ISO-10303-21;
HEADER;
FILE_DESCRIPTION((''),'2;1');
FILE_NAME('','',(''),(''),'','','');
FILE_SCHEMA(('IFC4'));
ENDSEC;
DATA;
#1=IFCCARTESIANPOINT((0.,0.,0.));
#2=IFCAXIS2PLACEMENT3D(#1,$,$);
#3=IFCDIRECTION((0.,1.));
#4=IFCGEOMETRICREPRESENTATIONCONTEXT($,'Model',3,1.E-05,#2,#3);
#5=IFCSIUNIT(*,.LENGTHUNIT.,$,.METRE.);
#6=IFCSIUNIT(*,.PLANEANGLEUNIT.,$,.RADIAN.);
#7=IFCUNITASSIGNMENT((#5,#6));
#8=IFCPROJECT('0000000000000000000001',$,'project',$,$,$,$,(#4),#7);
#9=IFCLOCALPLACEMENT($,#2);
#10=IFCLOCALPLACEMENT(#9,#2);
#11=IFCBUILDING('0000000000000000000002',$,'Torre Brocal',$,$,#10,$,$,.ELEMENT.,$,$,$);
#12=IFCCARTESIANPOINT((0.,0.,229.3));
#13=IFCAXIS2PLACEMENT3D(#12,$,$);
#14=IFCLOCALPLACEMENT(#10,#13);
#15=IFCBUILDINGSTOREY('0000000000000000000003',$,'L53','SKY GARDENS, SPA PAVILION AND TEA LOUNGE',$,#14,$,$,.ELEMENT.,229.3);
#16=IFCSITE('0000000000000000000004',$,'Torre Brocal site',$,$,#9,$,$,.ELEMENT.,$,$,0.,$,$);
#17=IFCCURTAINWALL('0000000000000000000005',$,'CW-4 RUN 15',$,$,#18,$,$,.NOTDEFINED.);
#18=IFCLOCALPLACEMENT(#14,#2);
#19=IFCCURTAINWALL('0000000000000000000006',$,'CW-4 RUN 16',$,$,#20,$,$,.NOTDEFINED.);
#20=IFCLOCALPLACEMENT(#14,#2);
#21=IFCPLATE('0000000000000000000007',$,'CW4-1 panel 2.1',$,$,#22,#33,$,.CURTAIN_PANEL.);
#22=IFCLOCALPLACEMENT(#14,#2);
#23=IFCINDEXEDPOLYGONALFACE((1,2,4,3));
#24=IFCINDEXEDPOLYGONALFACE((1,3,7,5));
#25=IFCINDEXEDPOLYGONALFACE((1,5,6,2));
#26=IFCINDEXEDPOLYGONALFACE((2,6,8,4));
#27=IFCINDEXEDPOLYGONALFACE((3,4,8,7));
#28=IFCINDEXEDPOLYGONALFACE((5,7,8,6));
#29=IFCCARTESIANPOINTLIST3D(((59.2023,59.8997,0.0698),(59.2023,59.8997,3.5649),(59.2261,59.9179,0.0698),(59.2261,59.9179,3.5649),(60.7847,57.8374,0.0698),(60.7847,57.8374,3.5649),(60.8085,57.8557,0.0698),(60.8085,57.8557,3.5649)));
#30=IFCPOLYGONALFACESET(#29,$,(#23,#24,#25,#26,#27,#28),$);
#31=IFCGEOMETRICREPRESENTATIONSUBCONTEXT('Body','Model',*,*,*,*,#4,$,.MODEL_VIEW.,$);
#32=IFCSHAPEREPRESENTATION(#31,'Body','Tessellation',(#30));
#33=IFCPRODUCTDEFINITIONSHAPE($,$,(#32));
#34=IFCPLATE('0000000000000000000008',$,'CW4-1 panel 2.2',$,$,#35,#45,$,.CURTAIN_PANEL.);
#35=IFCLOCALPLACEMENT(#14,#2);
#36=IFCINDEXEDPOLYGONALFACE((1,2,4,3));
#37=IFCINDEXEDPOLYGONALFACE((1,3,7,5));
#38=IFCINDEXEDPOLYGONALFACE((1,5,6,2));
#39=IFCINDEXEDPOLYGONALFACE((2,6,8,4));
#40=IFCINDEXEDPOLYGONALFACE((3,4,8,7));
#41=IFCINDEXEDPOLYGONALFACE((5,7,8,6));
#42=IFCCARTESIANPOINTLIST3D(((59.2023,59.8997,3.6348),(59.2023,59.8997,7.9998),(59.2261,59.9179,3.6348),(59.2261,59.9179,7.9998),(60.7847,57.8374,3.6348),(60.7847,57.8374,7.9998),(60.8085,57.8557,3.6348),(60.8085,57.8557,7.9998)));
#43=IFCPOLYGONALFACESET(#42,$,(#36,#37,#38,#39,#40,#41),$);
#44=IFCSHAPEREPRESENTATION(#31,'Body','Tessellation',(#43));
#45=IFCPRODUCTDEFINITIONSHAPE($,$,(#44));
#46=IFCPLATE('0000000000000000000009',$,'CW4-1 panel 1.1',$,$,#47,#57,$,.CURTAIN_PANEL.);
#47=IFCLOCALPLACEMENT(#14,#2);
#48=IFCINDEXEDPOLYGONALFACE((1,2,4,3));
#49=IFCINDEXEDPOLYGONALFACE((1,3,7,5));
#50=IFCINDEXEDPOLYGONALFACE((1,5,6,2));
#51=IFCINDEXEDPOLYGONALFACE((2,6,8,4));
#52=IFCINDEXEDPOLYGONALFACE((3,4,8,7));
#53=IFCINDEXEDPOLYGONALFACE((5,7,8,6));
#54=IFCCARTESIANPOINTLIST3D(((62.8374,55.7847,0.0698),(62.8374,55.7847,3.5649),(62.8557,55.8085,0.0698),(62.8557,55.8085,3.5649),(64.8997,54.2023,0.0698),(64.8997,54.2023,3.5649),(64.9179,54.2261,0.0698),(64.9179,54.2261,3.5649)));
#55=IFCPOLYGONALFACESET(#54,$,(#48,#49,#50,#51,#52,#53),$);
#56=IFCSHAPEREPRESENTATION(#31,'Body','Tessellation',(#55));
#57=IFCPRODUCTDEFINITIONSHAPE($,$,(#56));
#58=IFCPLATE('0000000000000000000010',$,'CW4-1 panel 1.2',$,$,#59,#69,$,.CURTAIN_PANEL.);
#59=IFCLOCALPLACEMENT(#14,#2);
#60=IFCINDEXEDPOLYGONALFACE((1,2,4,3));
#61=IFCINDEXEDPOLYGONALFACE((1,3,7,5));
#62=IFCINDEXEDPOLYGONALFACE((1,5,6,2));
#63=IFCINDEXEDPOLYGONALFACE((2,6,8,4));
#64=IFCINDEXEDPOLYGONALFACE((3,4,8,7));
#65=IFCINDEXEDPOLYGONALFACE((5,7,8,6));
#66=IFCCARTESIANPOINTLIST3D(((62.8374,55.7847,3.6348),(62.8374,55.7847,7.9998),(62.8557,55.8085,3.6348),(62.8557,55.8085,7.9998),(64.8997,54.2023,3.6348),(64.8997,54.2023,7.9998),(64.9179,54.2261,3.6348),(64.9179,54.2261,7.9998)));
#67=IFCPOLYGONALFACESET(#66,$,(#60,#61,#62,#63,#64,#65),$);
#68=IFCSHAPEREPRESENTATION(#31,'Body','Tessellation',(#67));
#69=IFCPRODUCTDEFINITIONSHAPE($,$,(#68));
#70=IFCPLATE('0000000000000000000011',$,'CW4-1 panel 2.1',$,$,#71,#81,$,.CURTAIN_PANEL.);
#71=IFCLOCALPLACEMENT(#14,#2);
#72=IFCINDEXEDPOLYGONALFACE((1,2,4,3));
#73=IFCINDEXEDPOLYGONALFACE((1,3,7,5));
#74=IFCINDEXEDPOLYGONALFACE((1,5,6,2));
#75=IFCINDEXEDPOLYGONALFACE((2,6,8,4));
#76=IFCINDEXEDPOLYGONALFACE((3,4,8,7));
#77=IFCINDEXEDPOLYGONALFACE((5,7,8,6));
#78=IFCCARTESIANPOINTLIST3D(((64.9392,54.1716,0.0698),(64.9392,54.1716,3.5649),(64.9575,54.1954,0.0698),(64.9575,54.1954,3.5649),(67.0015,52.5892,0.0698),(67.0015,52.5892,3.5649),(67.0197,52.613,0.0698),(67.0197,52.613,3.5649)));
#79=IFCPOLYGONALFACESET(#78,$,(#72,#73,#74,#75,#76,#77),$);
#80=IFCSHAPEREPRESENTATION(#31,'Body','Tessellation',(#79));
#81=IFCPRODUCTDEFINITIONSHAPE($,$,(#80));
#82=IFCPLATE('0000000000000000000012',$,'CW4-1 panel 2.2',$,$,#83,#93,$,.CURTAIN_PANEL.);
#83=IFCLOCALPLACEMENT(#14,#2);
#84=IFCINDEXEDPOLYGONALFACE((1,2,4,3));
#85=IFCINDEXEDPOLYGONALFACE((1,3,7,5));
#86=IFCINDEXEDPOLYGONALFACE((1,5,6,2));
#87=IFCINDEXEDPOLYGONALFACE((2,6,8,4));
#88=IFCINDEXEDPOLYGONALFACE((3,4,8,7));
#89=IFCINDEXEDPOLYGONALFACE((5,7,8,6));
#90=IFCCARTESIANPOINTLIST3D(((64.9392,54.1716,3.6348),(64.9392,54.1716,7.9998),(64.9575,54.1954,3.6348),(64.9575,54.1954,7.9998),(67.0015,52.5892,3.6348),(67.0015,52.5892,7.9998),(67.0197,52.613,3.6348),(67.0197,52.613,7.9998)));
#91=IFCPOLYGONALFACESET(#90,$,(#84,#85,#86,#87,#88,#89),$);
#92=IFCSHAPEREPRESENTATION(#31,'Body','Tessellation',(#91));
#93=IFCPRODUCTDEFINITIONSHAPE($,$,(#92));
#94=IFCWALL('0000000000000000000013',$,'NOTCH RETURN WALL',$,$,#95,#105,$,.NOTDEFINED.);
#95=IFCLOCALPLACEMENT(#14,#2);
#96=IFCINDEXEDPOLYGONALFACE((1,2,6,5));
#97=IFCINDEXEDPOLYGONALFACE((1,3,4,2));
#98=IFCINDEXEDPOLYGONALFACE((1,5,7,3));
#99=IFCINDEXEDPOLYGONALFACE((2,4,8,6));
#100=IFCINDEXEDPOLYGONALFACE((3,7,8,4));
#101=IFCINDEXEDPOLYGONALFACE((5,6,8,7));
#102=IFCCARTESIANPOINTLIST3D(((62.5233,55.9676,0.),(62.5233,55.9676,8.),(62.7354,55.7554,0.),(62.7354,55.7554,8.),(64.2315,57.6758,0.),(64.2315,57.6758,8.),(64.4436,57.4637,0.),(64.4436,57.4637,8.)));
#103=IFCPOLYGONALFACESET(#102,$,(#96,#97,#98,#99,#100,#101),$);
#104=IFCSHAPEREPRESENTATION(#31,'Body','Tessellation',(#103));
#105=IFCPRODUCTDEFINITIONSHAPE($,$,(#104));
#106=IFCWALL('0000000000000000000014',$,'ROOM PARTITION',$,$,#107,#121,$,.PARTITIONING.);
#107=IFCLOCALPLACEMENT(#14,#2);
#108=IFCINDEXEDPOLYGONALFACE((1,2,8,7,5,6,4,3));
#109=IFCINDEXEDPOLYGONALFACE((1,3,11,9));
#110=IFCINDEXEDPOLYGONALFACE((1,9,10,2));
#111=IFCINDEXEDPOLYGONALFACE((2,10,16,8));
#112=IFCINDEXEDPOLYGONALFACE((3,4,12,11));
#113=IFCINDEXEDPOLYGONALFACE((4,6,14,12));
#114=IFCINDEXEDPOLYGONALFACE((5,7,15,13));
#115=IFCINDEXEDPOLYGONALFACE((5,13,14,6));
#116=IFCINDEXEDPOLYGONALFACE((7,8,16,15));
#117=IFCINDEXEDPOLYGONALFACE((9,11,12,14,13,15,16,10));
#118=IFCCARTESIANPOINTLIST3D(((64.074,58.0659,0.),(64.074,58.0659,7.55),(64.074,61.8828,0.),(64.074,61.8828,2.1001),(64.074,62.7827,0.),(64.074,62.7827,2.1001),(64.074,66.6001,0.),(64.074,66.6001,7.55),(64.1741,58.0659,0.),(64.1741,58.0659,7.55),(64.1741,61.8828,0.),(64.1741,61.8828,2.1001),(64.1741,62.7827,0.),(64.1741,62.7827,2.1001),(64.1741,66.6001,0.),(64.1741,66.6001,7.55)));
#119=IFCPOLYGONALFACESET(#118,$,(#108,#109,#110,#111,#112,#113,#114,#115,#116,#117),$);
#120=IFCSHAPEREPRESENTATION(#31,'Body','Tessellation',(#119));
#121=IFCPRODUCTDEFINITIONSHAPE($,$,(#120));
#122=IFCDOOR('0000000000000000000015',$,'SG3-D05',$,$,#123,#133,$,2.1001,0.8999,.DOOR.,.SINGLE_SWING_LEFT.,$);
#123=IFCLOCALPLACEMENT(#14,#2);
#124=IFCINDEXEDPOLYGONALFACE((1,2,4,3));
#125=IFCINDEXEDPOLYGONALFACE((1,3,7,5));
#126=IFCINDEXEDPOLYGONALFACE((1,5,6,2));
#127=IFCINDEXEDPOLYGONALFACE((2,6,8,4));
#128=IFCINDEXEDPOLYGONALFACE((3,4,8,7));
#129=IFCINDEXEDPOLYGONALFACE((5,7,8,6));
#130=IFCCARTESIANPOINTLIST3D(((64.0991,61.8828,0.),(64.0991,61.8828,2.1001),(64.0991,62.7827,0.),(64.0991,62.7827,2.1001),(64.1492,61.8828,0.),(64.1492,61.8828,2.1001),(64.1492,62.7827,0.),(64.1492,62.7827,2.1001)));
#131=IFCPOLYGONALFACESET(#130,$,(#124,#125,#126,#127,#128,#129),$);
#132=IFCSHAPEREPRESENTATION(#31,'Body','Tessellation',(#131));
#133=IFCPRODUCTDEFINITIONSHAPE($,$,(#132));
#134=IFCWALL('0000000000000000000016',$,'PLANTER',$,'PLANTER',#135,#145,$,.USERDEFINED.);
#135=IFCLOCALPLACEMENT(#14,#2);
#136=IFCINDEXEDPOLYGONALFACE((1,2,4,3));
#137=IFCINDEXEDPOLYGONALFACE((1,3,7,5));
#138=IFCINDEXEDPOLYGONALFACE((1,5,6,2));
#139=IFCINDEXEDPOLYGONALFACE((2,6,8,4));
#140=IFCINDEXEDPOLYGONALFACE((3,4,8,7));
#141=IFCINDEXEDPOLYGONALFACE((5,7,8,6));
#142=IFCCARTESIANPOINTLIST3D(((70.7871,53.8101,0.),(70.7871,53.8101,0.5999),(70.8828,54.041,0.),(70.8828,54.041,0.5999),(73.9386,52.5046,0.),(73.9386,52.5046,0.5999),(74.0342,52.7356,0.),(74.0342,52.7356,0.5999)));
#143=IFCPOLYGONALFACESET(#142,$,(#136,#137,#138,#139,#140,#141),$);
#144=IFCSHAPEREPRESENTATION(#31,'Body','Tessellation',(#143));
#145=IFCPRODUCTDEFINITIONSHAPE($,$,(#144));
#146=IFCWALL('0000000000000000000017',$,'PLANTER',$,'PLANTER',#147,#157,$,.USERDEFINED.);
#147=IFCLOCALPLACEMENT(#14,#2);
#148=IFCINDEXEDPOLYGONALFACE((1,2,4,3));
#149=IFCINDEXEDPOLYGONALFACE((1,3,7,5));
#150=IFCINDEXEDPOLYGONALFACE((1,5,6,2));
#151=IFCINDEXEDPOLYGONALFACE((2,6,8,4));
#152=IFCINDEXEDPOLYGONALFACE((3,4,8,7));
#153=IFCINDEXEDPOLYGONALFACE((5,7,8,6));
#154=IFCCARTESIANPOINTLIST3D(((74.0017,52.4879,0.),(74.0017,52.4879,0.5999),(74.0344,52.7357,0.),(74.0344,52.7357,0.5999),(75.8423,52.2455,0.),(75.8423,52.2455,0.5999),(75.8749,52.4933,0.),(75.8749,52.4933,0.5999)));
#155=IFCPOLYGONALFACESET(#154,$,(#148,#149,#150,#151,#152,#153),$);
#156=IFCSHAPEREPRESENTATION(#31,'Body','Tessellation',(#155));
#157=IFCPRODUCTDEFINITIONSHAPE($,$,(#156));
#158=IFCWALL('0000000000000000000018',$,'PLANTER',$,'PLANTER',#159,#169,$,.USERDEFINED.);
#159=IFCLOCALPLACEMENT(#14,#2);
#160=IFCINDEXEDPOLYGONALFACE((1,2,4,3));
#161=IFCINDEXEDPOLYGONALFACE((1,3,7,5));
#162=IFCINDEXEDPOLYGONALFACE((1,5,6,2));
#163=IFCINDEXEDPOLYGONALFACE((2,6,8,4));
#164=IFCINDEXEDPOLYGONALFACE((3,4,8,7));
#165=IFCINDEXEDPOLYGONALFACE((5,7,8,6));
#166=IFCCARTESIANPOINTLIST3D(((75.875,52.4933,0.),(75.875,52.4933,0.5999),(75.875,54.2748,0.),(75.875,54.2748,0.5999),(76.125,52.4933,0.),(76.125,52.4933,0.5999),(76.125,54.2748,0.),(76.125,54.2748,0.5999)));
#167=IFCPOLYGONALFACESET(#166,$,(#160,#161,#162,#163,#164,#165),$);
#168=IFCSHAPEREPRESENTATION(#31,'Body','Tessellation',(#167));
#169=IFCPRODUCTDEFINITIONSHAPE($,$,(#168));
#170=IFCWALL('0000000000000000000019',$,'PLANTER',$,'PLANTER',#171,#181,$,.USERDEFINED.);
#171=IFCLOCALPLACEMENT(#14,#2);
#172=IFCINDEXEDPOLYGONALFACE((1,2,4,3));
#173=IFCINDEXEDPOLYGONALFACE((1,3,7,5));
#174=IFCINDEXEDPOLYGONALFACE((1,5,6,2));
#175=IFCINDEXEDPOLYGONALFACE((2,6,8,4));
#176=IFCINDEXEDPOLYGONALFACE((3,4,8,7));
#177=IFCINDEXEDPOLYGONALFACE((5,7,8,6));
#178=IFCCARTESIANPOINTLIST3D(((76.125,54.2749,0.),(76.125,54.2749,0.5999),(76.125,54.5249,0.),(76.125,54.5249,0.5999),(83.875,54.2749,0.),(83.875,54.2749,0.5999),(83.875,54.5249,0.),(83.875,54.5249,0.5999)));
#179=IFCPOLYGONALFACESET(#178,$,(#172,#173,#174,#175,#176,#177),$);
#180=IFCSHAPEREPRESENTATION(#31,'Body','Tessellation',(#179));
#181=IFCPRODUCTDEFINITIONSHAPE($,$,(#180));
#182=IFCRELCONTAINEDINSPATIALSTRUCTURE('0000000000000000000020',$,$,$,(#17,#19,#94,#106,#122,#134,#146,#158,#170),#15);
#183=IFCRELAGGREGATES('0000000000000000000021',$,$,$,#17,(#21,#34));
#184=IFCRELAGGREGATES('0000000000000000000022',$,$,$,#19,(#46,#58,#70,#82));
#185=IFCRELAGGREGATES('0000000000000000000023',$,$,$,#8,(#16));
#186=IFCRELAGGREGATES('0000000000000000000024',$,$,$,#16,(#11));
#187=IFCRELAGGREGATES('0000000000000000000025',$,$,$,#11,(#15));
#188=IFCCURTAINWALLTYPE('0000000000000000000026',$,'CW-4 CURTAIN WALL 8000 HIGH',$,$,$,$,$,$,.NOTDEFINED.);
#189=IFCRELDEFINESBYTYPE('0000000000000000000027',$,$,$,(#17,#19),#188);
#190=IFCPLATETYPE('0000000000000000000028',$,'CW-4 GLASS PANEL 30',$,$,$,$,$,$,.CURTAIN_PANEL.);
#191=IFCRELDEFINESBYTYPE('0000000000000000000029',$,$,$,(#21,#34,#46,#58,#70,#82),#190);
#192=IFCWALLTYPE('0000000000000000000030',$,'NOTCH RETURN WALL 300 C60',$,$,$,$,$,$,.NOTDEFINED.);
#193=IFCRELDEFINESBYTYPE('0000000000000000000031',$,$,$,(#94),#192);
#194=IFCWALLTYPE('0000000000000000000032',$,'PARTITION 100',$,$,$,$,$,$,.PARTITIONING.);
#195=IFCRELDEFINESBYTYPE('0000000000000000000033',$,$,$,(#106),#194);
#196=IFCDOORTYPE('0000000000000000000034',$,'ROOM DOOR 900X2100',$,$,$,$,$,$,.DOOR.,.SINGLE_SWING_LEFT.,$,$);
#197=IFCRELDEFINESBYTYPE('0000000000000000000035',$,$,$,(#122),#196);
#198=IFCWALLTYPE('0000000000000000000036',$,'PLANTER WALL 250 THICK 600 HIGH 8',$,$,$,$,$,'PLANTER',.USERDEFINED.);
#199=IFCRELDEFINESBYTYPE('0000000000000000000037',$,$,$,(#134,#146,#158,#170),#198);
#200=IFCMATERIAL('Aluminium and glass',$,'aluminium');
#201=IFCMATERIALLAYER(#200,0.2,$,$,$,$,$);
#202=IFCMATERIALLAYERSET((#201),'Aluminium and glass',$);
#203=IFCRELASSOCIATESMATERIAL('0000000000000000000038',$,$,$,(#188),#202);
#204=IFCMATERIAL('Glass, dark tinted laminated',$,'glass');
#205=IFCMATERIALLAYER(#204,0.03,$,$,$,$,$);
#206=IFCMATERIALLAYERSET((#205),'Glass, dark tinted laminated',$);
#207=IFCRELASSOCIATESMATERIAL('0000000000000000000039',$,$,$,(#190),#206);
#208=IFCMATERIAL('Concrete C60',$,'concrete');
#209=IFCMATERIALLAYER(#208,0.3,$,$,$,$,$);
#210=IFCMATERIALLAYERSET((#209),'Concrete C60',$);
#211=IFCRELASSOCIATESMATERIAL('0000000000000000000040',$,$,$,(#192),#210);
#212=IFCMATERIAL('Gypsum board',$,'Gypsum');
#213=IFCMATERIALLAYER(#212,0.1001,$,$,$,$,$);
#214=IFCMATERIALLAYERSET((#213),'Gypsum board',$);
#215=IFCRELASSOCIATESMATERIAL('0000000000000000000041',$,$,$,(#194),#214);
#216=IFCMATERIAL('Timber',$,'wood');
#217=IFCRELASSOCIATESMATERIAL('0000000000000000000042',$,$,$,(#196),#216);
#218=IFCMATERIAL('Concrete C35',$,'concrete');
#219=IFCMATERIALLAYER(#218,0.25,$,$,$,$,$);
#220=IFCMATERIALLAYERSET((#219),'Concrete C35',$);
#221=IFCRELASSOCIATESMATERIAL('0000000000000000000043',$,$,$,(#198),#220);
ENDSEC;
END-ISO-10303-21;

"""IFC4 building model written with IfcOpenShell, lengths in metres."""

from ifc_helpers import new_model, si_unit, direction, frame, frame_2d, origin, origin_2d, place, context, subcontext, project, spatial, rectangle, extrude, material, layer, layer_set, type_object, element, fill, aggregate, save


model = new_model("IFC4")

# Units and contexts
model_context = context("Model", 3, precision=1e-05, world=origin(), true_north=direction((0.0, 1.0)))
body_context = subcontext(model_context, "Body", "Model", "MODEL_VIEW")
ifc_project = project(units=[si_unit("LENGTHUNIT", "METRE"), si_unit("PLANEANGLEUNIT", "RADIAN")], contexts=[model_context])

# Site, building, storey
site_placement = place(None, origin())
site = spatial("IfcSite", under=ifc_project, at=site_placement, Name="Torre Brocal site", CompositionType="ELEMENT", RefElevation=0.0)
building_placement = place(site_placement, origin())
building = spatial("IfcBuilding", under=site, at=building_placement, Name="Torre Brocal", CompositionType="ELEMENT")
storey_placement = place(building_placement, frame((0.0, 0.0, 229.3)))
storey = spatial("IfcBuildingStorey", under=building, at=storey_placement, Name="L53", Description="SKY GARDENS, SPA PAVILION AND TEA LOUNGE", CompositionType="ELEMENT", Elevation=229.3)

# Curtain wall
ifc_material_1 = material(Name="Aluminium and glass", Category="aluminium")
ifc_layer_1 = layer(ifc_material_1, 0.2)
ifc_layer_set_1 = layer_set([ifc_layer_1], Name="Aluminium and glass")
curtain_wall_type = type_object("IfcCurtainWallType", Name="CW-4 CURTAIN WALL 8000 HIGH", PredefinedType="NOTDEFINED", material=ifc_layer_set_1)
curtain_wall_1_placement = place(storey_placement, origin())
curtain_wall_1 = element("IfcCurtainWall", 1, at=curtain_wall_1_placement, inside=storey, type_object=curtain_wall_type, Name="CW-4 RUN 15", PredefinedType="NOTDEFINED")

# Curtain wall
curtain_wall_2_placement = place(storey_placement, origin())
curtain_wall_2 = element("IfcCurtainWall", 2, at=curtain_wall_2_placement, inside=storey, type_object=curtain_wall_type, Name="CW-4 RUN 16", PredefinedType="NOTDEFINED")

# Plates
ifc_material_2 = material(Name="Glass, dark tinted laminated", Category="glass")
ifc_layer_2 = layer(ifc_material_2, 0.03)
ifc_layer_set_2 = layer_set([ifc_layer_2], Name="Glass, dark tinted laminated")
plate_type = type_object("IfcPlateType", Name="CW-4 GLASS PANEL 30", PredefinedType="CURTAIN_PANEL", material=ifc_layer_set_2)
plate_1_placement = place(storey_placement, frame((60.0054, 58.8777, 0.0698), z_axis=(0.0, 0.0, 1.0), x_axis=(0.608761, -0.793353, 0.0)))
plate_1 = element("IfcPlate", 3, at=plate_1_placement, type_object=plate_type, Name="CW4-1 panel 2.1", PredefinedType="CURTAIN_PANEL", context=body_context, shape_type="SweptSolid", body=[
    extrude(rectangle(XDim=2.5994, YDim=0.03, at=origin_2d()), origin(), (0.0, 0.0, 1.0), 3.4951),
])
plate_2_placement = place(storey_placement, frame((60.0054, 58.8777, 3.6348), z_axis=(0.0, 0.0, 1.0), x_axis=(0.608761, -0.793353, 0.0)))
plate_2 = element("IfcPlate", 4, at=plate_2_placement, type_object=plate_type, Name="CW4-1 panel 2.2", PredefinedType="CURTAIN_PANEL", context=body_context, shape_type="SweptSolid", body=[
    extrude(rectangle(XDim=2.5994, YDim=0.03, at=origin_2d()), origin(), (0.0, 0.0, 1.0), 4.365),
])
aggregate(curtain_wall_1, [plate_1, plate_2])
plate_3_placement = place(storey_placement, frame((63.8777, 55.0054, 0.0698), z_axis=(0.0, 0.0, 1.0), x_axis=(0.793353, -0.608761, 0.0)))
plate_3 = element("IfcPlate", 5, at=plate_3_placement, type_object=plate_type, Name="CW4-1 panel 1.1", PredefinedType="CURTAIN_PANEL", context=body_context, shape_type="SweptSolid", body=[
    extrude(rectangle(XDim=2.5994, YDim=0.03, at=origin_2d()), origin(), (0.0, 0.0, 1.0), 3.4951),
])
plate_4_placement = place(storey_placement, frame((63.8777, 55.0054, 3.6348), z_axis=(0.0, 0.0, 1.0), x_axis=(0.793353, -0.608761, 0.0)))
plate_4 = element("IfcPlate", 6, at=plate_4_placement, type_object=plate_type, Name="CW4-1 panel 1.2", PredefinedType="CURTAIN_PANEL", context=body_context, shape_type="SweptSolid", body=[
    extrude(rectangle(XDim=2.5994, YDim=0.03, at=origin_2d()), origin(), (0.0, 0.0, 1.0), 4.365),
])
plate_5_placement = place(storey_placement, frame((65.9795, 53.3923, 0.0698), z_axis=(0.0, 0.0, 1.0), x_axis=(0.793353, -0.608761, 0.0)))
plate_5 = element("IfcPlate", 7, at=plate_5_placement, type_object=plate_type, Name="CW4-1 panel 2.1", PredefinedType="CURTAIN_PANEL", context=body_context, shape_type="SweptSolid", body=[
    extrude(rectangle(XDim=2.5994, YDim=0.03, at=origin_2d()), origin(), (0.0, 0.0, 1.0), 3.4951),
])
plate_6_placement = place(storey_placement, frame((65.9795, 53.3923, 3.6348), z_axis=(0.0, 0.0, 1.0), x_axis=(0.793353, -0.608761, 0.0)))
plate_6 = element("IfcPlate", 8, at=plate_6_placement, type_object=plate_type, Name="CW4-1 panel 2.2", PredefinedType="CURTAIN_PANEL", context=body_context, shape_type="SweptSolid", body=[
    extrude(rectangle(XDim=2.5994, YDim=0.03, at=origin_2d()), origin(), (0.0, 0.0, 1.0), 4.365),
])
aggregate(curtain_wall_2, [plate_3, plate_4, plate_5, plate_6])

# Wall
ifc_material_3 = material(Name="Concrete C60", Category="concrete")
ifc_layer_3 = layer(ifc_material_3, 0.3)
ifc_layer_set_3 = layer_set([ifc_layer_3], Name="Concrete C60")
wall_type_1 = type_object("IfcWallType", Name="NOTCH RETURN WALL 300 C60", PredefinedType="NOTDEFINED", material=ifc_layer_set_3)
wall_1_placement = place(storey_placement, frame((64.3376, 57.5698, 0.0), z_axis=(0.0, 0.0, 1.0), x_axis=(-0.707107, -0.707107, 0.0)))
element("IfcWall", 9, at=wall_1_placement, inside=storey, type_object=wall_type_1, Name="NOTCH RETURN WALL", PredefinedType="NOTDEFINED", context=body_context, shape_type="SweptSolid", body=[
    extrude(rectangle(XDim=2.4158, YDim=0.3, at=frame_2d((1.208, 0.0))), origin(), (0.0, 0.0, 1.0), 8.0),
])

# Wall, opening, door
ifc_material_4 = material(Name="Gypsum board", Category="Gypsum")
ifc_layer_4 = layer(ifc_material_4, 0.1001)
ifc_layer_set_4 = layer_set([ifc_layer_4], Name="Gypsum board")
wall_type_2 = type_object("IfcWallType", Name="PARTITION 100", PredefinedType="PARTITIONING", material=ifc_layer_set_4)
wall_2_placement = place(storey_placement, frame((64.124, 58.0659, 0.0), z_axis=(0.0, 0.0, 1.0), x_axis=(0.0, 1.0, 0.0)))
wall_2 = element("IfcWall", 10, at=wall_2_placement, inside=storey, type_object=wall_type_2, Name="ROOM PARTITION", PredefinedType="PARTITIONING", context=body_context, shape_type="SweptSolid", body=[
    extrude(rectangle(XDim=8.5342, YDim=0.1001, at=frame_2d((4.2671, 0.0))), origin(), (0.0, 0.0, 1.0), 7.55),
])
opening_placement = place(wall_2_placement, frame((3.8169, 0.0, 0.0)))
opening = element("IfcOpeningElement", 11, at=opening_placement, cuts=wall_2, PredefinedType="OPENING", context=body_context, shape_type="SweptSolid", body=[
    extrude(rectangle(XDim=0.8999, YDim=2.1001, at=frame_2d((0.45, 1.05))), frame((0.0, 0.0601, 0.0), z_axis=(0.0, -1.0, 0.0), x_axis=(1.0, 0.0, 0.0)), (0.0, 0.0, 1.0), 0.1201),
])
ifc_material_5 = material(Name="Timber", Category="wood")
door_type = type_object("IfcDoorType", Name="ROOM DOOR 900X2100", OperationType="SINGLE_SWING_LEFT", PredefinedType="DOOR", material=ifc_material_5)
door_placement = place(opening_placement, origin())
door = element("IfcDoor", 12, at=door_placement, inside=storey, type_object=door_type, Name="SG3-D05", OperationType="SINGLE_SWING_LEFT", OverallHeight=2.1001, OverallWidth=0.8999, PredefinedType="DOOR", context=body_context, shape_type="SweptSolid", body=[
    extrude(rectangle(XDim=0.8999, YDim=2.1001, at=frame_2d((0.45, 1.05))), frame((0.0, 0.0249, 0.0), z_axis=(0.0, -1.0, 0.0), x_axis=(1.0, 0.0, 0.0)), (0.0, 0.0, 1.0), 0.05),
])
fill(opening, door)

# Walls
ifc_material_6 = material(Name="Concrete C35", Category="concrete")
ifc_layer_5 = layer(ifc_material_6, 0.25)
ifc_layer_set_5 = layer_set([ifc_layer_5], Name="Concrete C35")
wall_type_3 = type_object("IfcWallType", Name="PLANTER WALL 250 THICK 600 HIGH 8", ElementType="PLANTER", PredefinedType="USERDEFINED", material=ifc_layer_set_5)
wall_3_placement = place(storey_placement, frame((70.835, 53.9255, 0.0), z_axis=(0.0, 0.0, 1.0), x_axis=(0.923871, -0.382704, 0.0)))
element("IfcWall", 13, at=wall_3_placement, inside=storey, type_object=wall_type_3, Name="PLANTER", ObjectType="PLANTER", PredefinedType="USERDEFINED", context=body_context, shape_type="SweptSolid", body=[
    extrude(rectangle(XDim=3.4111, YDim=0.25, at=frame_2d((1.7056, 0.0))), origin(), (0.0, 0.0, 1.0), 0.5999),
])
wall_4_placement = place(storey_placement, frame((74.0181, 52.6118, 0.0), z_axis=(0.0, 0.0, 1.0), x_axis=(0.991437, -0.130587, 0.0)))
element("IfcWall", 14, at=wall_4_placement, inside=storey, type_object=wall_type_3, Name="PLANTER", ObjectType="PLANTER", PredefinedType="USERDEFINED", context=body_context, shape_type="SweptSolid", body=[
    extrude(rectangle(XDim=1.8564, YDim=0.25, at=frame_2d((0.9282, 0.0))), origin(), (0.0, 0.0, 1.0), 0.5999),
])
wall_5_placement = place(storey_placement, frame((76.0, 52.4934, 0.0), z_axis=(0.0, 0.0, 1.0), x_axis=(0.0, 1.0, 0.0)))
element("IfcWall", 15, at=wall_5_placement, inside=storey, type_object=wall_type_3, Name="PLANTER", ObjectType="PLANTER", PredefinedType="USERDEFINED", context=body_context, shape_type="SweptSolid", body=[
    extrude(rectangle(XDim=1.7815, YDim=0.25, at=frame_2d((0.8906, 0.0))), origin(), (0.0, 0.0, 1.0), 0.5999),
])
wall_6_placement = place(storey_placement, frame((76.125, 54.3999, 0.0), z_axis=(0.0, 0.0, 1.0), x_axis=(1.0, 0.0, 0.0)))
element("IfcWall", 16, at=wall_6_placement, inside=storey, type_object=wall_type_3, Name="PLANTER", ObjectType="PLANTER", PredefinedType="USERDEFINED", context=body_context, shape_type="SweptSolid", body=[
    extrude(rectangle(XDim=7.75, YDim=0.25, at=frame_2d((3.875, 0.0))), origin(), (0.0, 0.0, 1.0), 0.5999),
])

save(model, "model.ifc")
